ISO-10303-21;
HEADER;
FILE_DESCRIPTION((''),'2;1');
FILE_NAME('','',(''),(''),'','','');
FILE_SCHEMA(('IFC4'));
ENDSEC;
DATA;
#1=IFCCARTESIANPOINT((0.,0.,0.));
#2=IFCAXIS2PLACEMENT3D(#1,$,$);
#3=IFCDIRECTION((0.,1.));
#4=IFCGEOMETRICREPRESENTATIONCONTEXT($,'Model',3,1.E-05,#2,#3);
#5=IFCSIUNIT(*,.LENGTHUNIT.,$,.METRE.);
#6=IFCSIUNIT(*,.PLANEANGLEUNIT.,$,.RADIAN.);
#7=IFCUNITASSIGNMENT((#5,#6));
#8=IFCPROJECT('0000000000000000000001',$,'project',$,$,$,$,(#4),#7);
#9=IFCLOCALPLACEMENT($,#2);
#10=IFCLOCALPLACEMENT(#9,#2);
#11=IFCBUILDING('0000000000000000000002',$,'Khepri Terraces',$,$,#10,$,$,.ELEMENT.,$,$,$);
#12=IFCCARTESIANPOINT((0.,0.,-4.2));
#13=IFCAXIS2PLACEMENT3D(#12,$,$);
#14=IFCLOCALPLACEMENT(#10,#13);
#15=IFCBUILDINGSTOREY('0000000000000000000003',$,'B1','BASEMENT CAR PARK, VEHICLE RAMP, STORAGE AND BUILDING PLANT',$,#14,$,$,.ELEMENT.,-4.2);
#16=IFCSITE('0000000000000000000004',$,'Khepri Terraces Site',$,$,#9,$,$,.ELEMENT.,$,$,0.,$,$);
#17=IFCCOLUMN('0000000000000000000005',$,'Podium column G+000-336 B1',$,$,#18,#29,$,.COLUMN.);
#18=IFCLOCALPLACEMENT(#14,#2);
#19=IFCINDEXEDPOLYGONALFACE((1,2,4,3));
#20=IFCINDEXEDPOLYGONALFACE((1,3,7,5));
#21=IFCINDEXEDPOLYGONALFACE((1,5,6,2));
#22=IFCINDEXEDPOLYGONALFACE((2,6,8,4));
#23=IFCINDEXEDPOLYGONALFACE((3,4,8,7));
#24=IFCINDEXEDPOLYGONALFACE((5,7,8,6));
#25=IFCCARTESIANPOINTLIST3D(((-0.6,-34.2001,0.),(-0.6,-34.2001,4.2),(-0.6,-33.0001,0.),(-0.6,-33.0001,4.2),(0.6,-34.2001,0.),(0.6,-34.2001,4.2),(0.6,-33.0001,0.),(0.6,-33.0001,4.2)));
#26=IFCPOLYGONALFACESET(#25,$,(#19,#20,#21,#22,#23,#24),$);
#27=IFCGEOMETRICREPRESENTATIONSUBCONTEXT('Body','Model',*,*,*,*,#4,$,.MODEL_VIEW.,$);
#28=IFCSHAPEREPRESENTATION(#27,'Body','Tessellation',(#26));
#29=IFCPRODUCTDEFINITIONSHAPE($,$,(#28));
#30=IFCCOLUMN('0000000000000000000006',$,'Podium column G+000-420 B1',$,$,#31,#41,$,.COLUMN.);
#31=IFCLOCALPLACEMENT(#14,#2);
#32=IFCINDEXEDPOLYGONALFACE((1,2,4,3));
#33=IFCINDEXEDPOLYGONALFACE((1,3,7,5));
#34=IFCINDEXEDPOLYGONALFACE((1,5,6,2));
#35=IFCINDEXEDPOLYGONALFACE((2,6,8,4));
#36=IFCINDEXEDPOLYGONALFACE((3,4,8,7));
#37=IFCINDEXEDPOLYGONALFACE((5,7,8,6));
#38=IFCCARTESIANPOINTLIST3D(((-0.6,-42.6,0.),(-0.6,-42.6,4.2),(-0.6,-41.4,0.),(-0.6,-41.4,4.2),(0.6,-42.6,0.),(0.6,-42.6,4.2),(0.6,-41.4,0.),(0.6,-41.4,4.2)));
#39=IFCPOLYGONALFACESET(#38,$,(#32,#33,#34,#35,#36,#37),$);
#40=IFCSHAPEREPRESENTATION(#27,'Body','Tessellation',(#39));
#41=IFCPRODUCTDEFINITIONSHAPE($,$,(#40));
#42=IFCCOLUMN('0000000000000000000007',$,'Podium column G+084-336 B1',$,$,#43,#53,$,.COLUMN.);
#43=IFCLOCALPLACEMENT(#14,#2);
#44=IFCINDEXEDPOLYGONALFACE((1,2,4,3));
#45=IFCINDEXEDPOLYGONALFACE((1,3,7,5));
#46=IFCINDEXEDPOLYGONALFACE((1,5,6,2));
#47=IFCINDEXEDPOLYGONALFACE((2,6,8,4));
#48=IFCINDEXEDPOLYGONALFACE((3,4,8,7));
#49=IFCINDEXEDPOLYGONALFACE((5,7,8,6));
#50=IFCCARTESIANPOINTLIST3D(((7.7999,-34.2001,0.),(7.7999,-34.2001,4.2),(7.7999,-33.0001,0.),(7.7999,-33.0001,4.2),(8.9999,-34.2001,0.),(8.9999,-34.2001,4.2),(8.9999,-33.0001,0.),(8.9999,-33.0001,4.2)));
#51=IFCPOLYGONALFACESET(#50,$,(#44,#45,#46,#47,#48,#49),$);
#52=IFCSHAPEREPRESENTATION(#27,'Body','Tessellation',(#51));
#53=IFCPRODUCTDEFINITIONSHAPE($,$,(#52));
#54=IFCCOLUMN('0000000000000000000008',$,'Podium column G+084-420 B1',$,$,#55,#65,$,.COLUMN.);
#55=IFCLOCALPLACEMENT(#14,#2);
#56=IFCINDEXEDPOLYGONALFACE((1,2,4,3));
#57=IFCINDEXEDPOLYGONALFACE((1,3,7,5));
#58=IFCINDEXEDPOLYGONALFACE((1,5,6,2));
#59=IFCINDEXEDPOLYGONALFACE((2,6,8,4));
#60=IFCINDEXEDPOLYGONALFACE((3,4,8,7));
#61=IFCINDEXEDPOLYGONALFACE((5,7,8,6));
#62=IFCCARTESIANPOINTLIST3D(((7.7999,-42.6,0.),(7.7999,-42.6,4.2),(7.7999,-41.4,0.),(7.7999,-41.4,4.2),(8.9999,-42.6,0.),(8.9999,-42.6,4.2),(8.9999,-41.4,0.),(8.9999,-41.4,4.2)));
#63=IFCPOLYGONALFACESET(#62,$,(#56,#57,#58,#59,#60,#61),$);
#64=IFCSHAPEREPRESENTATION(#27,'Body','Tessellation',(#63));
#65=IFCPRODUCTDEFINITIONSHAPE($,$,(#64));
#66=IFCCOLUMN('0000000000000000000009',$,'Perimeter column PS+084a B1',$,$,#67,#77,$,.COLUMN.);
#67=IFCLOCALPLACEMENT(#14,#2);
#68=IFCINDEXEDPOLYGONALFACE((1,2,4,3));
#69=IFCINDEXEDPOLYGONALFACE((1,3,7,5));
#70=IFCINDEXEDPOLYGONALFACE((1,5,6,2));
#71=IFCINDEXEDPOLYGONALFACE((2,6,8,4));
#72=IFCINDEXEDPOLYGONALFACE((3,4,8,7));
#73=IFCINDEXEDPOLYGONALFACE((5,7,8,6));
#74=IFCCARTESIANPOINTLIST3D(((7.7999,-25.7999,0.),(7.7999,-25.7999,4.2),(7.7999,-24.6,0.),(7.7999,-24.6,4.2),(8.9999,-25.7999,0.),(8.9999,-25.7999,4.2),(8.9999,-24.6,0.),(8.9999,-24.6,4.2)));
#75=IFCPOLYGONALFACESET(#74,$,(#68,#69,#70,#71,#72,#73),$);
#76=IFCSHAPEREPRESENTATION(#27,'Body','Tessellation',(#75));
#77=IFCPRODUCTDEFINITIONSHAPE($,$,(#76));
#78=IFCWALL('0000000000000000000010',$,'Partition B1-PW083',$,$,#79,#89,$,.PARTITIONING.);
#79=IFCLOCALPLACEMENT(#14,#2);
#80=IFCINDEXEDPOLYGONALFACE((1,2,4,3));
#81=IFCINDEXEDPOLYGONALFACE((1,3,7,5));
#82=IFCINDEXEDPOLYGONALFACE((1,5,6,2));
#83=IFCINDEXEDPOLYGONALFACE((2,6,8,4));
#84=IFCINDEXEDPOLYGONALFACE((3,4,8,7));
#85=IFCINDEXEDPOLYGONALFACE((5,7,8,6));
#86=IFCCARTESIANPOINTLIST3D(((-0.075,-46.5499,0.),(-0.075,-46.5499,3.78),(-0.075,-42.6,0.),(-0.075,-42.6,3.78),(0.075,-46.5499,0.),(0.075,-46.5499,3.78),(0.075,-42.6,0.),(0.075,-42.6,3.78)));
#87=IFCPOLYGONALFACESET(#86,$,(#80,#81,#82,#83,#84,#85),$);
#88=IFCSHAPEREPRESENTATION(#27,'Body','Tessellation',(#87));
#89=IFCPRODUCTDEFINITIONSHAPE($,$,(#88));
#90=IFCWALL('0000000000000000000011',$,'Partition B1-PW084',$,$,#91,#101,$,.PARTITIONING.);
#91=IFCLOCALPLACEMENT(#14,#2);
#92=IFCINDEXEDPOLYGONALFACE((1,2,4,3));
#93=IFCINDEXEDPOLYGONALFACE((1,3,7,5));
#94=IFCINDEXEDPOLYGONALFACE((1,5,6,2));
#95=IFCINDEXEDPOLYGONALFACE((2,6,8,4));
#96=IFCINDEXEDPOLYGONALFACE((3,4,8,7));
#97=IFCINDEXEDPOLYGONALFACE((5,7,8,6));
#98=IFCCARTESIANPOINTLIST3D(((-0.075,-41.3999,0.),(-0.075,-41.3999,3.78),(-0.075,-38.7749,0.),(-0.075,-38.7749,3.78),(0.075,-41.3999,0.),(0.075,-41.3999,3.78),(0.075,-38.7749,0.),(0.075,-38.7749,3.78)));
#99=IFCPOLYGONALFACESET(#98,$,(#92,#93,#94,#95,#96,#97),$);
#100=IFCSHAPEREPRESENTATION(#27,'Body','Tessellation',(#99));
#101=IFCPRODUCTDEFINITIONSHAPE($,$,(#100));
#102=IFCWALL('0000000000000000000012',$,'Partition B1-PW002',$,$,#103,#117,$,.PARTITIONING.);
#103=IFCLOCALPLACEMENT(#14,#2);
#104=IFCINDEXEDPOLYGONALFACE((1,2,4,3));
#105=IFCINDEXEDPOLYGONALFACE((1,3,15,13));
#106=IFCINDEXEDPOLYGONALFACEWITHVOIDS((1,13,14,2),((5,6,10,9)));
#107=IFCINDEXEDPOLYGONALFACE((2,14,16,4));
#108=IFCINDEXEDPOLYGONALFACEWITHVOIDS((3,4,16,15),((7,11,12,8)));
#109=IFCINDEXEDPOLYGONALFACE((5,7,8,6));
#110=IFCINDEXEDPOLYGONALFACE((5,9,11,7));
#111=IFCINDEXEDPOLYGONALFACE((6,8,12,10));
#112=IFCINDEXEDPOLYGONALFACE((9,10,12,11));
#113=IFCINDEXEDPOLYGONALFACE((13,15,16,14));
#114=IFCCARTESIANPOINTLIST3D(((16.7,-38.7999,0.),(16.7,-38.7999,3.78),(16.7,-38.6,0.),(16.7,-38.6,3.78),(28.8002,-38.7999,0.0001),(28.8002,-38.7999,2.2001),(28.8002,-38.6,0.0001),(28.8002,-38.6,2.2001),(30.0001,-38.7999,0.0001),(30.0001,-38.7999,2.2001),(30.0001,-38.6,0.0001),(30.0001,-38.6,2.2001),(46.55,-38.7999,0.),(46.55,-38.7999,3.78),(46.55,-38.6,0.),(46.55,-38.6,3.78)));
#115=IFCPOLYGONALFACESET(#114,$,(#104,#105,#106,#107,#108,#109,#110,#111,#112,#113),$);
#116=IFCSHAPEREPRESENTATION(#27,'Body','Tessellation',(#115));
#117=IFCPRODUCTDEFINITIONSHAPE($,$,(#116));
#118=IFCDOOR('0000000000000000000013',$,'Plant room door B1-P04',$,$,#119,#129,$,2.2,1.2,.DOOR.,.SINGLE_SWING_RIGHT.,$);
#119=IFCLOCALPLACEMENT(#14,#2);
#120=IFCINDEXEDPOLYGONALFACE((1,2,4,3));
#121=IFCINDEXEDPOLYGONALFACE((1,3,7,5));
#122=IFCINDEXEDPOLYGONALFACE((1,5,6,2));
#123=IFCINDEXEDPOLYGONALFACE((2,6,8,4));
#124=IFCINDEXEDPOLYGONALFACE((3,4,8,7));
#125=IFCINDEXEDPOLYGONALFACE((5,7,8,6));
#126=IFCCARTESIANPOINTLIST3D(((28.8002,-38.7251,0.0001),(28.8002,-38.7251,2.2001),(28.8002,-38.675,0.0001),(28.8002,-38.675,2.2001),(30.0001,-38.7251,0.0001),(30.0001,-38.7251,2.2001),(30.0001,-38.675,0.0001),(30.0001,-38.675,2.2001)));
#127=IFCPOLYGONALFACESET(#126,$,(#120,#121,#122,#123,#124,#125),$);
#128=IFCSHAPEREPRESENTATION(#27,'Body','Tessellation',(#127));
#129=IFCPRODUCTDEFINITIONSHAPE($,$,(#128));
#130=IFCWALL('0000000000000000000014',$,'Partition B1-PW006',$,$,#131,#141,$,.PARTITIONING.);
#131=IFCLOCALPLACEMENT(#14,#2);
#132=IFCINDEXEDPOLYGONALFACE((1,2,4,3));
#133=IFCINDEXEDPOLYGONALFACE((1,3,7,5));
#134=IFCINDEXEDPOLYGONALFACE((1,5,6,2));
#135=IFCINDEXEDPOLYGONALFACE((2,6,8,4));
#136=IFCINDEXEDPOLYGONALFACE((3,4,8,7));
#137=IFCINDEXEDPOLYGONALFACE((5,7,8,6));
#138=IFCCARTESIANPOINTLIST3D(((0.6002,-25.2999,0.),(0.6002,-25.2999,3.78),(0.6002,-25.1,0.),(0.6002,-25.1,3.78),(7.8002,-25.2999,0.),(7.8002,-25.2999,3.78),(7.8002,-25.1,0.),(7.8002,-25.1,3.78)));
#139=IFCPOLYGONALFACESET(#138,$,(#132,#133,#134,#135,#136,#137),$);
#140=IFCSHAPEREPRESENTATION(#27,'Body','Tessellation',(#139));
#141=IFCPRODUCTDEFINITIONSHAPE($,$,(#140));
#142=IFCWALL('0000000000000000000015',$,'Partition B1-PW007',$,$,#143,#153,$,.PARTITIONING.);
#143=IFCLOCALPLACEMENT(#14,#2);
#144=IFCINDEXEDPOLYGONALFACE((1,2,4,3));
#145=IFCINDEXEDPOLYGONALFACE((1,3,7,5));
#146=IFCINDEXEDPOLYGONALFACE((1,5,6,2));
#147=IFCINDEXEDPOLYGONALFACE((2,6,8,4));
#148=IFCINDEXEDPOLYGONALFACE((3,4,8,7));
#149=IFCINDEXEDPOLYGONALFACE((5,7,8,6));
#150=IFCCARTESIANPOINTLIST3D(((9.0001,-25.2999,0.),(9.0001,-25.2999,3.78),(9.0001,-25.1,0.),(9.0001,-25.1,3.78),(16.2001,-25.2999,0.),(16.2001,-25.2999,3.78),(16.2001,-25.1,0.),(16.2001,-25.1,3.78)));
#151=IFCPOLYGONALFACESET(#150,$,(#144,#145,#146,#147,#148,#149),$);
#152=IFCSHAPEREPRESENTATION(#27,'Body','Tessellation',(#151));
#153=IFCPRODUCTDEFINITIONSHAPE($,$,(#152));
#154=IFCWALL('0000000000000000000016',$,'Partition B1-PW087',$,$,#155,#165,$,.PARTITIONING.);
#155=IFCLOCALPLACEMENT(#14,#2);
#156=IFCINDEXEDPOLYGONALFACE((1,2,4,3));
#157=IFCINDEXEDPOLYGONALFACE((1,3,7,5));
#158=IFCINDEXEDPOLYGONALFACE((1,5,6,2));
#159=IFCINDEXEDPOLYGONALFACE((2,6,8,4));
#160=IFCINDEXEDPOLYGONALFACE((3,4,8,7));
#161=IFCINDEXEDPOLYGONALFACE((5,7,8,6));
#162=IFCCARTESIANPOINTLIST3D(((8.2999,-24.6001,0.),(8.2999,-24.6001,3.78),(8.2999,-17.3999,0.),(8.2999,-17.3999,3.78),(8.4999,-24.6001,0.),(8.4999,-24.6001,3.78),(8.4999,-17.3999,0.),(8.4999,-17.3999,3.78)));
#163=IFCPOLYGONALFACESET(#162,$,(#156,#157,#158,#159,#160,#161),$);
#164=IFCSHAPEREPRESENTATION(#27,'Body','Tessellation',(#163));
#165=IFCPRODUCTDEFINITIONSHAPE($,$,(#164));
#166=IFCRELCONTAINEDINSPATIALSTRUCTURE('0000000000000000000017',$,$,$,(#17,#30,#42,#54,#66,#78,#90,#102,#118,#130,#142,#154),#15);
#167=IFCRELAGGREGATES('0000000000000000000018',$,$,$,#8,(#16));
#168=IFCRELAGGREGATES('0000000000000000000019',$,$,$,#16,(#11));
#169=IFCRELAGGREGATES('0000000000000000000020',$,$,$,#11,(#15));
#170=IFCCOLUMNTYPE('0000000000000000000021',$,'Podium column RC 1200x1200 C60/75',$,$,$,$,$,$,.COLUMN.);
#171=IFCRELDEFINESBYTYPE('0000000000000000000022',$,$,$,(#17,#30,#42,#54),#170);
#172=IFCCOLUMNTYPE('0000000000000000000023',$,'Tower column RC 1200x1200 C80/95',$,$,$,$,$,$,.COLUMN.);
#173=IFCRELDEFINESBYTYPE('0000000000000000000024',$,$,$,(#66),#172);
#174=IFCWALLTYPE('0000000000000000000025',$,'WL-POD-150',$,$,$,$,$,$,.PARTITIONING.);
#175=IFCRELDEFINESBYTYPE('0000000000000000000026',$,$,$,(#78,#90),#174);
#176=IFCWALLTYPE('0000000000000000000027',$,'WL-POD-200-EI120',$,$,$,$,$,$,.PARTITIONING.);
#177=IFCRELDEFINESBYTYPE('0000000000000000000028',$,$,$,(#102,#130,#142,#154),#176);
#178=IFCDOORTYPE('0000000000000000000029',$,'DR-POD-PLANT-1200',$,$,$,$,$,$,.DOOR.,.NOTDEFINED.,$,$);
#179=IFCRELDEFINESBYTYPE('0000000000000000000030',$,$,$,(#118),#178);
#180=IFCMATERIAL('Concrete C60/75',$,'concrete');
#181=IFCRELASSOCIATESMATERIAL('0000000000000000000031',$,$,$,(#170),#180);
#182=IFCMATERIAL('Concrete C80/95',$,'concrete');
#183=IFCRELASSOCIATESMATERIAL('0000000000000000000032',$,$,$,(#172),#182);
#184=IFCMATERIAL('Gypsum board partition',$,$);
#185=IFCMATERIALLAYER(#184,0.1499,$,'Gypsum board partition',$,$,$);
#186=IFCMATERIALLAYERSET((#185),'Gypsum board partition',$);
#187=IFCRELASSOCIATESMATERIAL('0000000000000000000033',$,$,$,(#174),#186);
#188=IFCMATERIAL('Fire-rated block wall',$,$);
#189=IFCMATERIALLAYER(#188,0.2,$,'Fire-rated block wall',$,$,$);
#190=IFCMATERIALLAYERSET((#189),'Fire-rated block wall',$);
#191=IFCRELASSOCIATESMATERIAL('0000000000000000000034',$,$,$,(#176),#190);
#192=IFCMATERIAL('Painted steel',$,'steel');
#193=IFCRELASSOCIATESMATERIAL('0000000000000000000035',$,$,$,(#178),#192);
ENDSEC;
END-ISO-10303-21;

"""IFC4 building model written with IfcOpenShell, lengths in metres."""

from ifc_helpers import new_model, si_unit, direction, frame, frame_2d, origin, origin_2d, place, context, subcontext, project, spatial, rectangle, extrude, material, layer, layer_set, material_profile, profile_set, type_object, element, fill, save


model = new_model("IFC4")

# Units and contexts
model_context = context("Model", 3, precision=1e-05, world=origin(), true_north=direction((0.0, 1.0)))
body_context = subcontext(model_context, "Body", "Model", "MODEL_VIEW")
ifc_project = project(units=[si_unit("LENGTHUNIT", "METRE"), si_unit("PLANEANGLEUNIT", "RADIAN")], contexts=[model_context])

# Site, building, storey
site_placement = place(None, origin())
site = spatial("IfcSite", under=ifc_project, at=site_placement, Name="Khepri Terraces Site", CompositionType="ELEMENT", RefElevation=0.0)
building_placement = place(site_placement, origin())
building = spatial("IfcBuilding", under=site, at=building_placement, Name="Khepri Terraces", CompositionType="ELEMENT")
storey_placement = place(building_placement, frame((0.0, 0.0, -4.2)))
storey = spatial("IfcBuildingStorey", under=building, at=storey_placement, Name="B1", Description="BASEMENT CAR PARK, VEHICLE RAMP, STORAGE AND BUILDING PLANT", CompositionType="ELEMENT", Elevation=-4.2)

# Columns
ifc_material_1 = material(Name="Concrete C60/75", Category="concrete")
ifc_material_profile_1 = material_profile(ifc_material_1, rectangle(XDim=1.2, YDim=1.2, at=origin_2d()), Name="Concrete C60/75", Category="concrete")
ifc_profile_set_1 = profile_set([ifc_material_profile_1], Name="Concrete C60/75")
column_type_1 = type_object("IfcColumnType", Name="Podium column RC 1200x1200 C60/75", PredefinedType="COLUMN", material=ifc_profile_set_1)
for number, where, z_axis, x_axis, name in (
    (1, (0.0, -33.6001, 0.0), (0.0, 0.0, 1.0), (1.0, 0.0, 0.0), "Podium column G+000-336 B1"),
    (2, (0.0, -42.0, 0.0), (0.0, 0.0, 1.0), (1.0, 0.0, 0.0), "Podium column G+000-420 B1"),
    (3, (8.3999, -33.6001, 0.0), (0.0, 0.0, 1.0), (1.0, 0.0, 0.0), "Podium column G+084-336 B1"),
    (4, (8.3999, -42.0, 0.0), (0.0, 0.0, 1.0), (1.0, 0.0, 0.0), "Podium column G+084-420 B1"),
):
    element("IfcColumn", number, at=place(storey_placement, frame(where, z_axis=z_axis, x_axis=x_axis)), inside=storey, type_object=column_type_1, Name=name, PredefinedType="COLUMN", context=body_context, shape_type="SweptSolid", body=[
        extrude(rectangle(XDim=1.2, YDim=1.2, at=origin_2d()), origin(), (0.0, 0.0, 1.0), 4.2),
    ])
ifc_material_2 = material(Name="Concrete C80/95", Category="concrete")
ifc_material_profile_2 = material_profile(ifc_material_2, rectangle(XDim=1.2, YDim=1.2, at=origin_2d()), Name="Concrete C80/95", Category="concrete")
ifc_profile_set_2 = profile_set([ifc_material_profile_2], Name="Concrete C80/95")
column_type_2 = type_object("IfcColumnType", Name="Tower column RC 1200x1200 C80/95", PredefinedType="COLUMN", material=ifc_profile_set_2)
column_placement = place(storey_placement, frame((8.3999, -25.2, 0.0), z_axis=(0.0, 0.0, 1.0), x_axis=(1.0, 0.0, 0.0)))
element("IfcColumn", 5, at=column_placement, inside=storey, type_object=column_type_2, Name="Perimeter column PS+084a B1", PredefinedType="COLUMN", context=body_context, shape_type="SweptSolid", body=[
    extrude(rectangle(XDim=1.2, YDim=1.2, at=origin_2d()), origin(), (0.0, 0.0, 1.0), 4.2),
])

# Walls
ifc_material_3 = material(Name="Gypsum board partition")
ifc_layer_1 = layer(ifc_material_3, 0.1499, Name="Gypsum board partition")
ifc_layer_set_1 = layer_set([ifc_layer_1], Name="Gypsum board partition")
wall_type_1 = type_object("IfcWallType", Name="WL-POD-150", PredefinedType="PARTITIONING", material=ifc_layer_set_1)
wall_1_placement = place(storey_placement, frame((0.0, -46.55, 0.0), z_axis=(0.0, 0.0, 1.0), x_axis=(0.0, 1.0, 0.0)))
element("IfcWall", 6, at=wall_1_placement, inside=storey, type_object=wall_type_1, Name="Partition B1-PW083", PredefinedType="PARTITIONING", context=body_context, shape_type="SweptSolid", body=[
    extrude(rectangle(XDim=3.95, YDim=0.1499, at=frame_2d((1.9751, 0.0))), origin(), (0.0, 0.0, 1.0), 3.78),
])
wall_2_placement = place(storey_placement, frame((0.0, -41.3999, 0.0), z_axis=(0.0, 0.0, 1.0), x_axis=(0.0, 1.0, 0.0)))
element("IfcWall", 7, at=wall_2_placement, inside=storey, type_object=wall_type_1, Name="Partition B1-PW084", PredefinedType="PARTITIONING", context=body_context, shape_type="SweptSolid", body=[
    extrude(rectangle(XDim=2.625, YDim=0.1499, at=frame_2d((1.3125, 0.0))), origin(), (0.0, 0.0, 1.0), 3.78),
])

# Wall, opening, door
ifc_material_4 = material(Name="Fire-rated block wall")
ifc_layer_2 = layer(ifc_material_4, 0.2, Name="Fire-rated block wall")
ifc_layer_set_2 = layer_set([ifc_layer_2], Name="Fire-rated block wall")
wall_type_2 = type_object("IfcWallType", Name="WL-POD-200-EI120", PredefinedType="PARTITIONING", material=ifc_layer_set_2)
wall_3_placement = place(storey_placement, frame((16.7, -38.7, 0.0), z_axis=(0.0, 0.0, 1.0), x_axis=(1.0, 0.0, 0.0)))
wall_3 = element("IfcWall", 8, at=wall_3_placement, inside=storey, type_object=wall_type_2, Name="Partition B1-PW002", PredefinedType="PARTITIONING", context=body_context, shape_type="SweptSolid", body=[
    extrude(rectangle(XDim=29.8501, YDim=0.2, at=frame_2d((14.925, 0.0))), origin(), (0.0, 0.0, 1.0), 3.78),
])
opening_placement = place(wall_3_placement, frame((12.1001, 0.0, 0.0)))
opening = element("IfcOpeningElement", 9, at=opening_placement, cuts=wall_3, PredefinedType="OPENING", context=body_context, shape_type="SweptSolid", body=[
    extrude(rectangle(XDim=1.2, YDim=2.2, at=frame_2d((0.6001, 1.1001))), frame((0.0, 0.1099, 0.0), z_axis=(0.0, -1.0, 0.0), x_axis=(1.0, 0.0, 0.0)), (0.0, 0.0, 1.0), 0.22),
])
ifc_material_5 = material(Name="Painted steel", Category="steel")
door_type = type_object("IfcDoorType", Name="DR-POD-PLANT-1200", OperationType="NOTDEFINED", PredefinedType="DOOR", material=ifc_material_5)
door_placement = place(opening_placement, origin())
door = element("IfcDoor", 10, at=door_placement, inside=storey, type_object=door_type, Name="Plant room door B1-P04", OperationType="SINGLE_SWING_RIGHT", OverallHeight=2.2, OverallWidth=1.2, PredefinedType="DOOR", context=body_context, shape_type="SweptSolid", body=[
    extrude(rectangle(XDim=1.2, YDim=2.2, at=frame_2d((0.6001, 1.1001))), frame((0.0, 0.0249, 0.0), z_axis=(0.0, -1.0, 0.0), x_axis=(1.0, 0.0, 0.0)), (0.0, 0.0, 1.0), 0.05),
])
fill(opening, door)

# Walls
for number, where, z_axis, x_axis, name in (
    (11, (0.6001, -25.2, 0.0), (0.0, 0.0, 1.0), (1.0, 0.0, 0.0), "Partition B1-PW006"),
    (12, (9.0, -25.2, 0.0), (0.0, 0.0, 1.0), (1.0, 0.0, 0.0), "Partition B1-PW007"),
):
    element("IfcWall", number, at=place(storey_placement, frame(where, z_axis=z_axis, x_axis=x_axis)), inside=storey, type_object=wall_type_2, Name=name, PredefinedType="PARTITIONING", context=body_context, shape_type="SweptSolid", body=[
        extrude(rectangle(XDim=7.2, YDim=0.2, at=frame_2d((3.6001, 0.0))), origin(), (0.0, 0.0, 1.0), 3.78),
    ])
wall_4_placement = place(storey_placement, frame((8.3999, -24.6001, 0.0), z_axis=(0.0, 0.0, 1.0), x_axis=(0.0, 1.0, 0.0)))
element("IfcWall", 13, at=wall_4_placement, inside=storey, type_object=wall_type_2, Name="Partition B1-PW087", PredefinedType="PARTITIONING", context=body_context, shape_type="SweptSolid", body=[
    extrude(rectangle(XDim=7.2002, YDim=0.2, at=frame_2d((3.6001, 0.0))), origin(), (0.0, 0.0, 1.0), 3.78),
])

save(model, "model.ifc")
